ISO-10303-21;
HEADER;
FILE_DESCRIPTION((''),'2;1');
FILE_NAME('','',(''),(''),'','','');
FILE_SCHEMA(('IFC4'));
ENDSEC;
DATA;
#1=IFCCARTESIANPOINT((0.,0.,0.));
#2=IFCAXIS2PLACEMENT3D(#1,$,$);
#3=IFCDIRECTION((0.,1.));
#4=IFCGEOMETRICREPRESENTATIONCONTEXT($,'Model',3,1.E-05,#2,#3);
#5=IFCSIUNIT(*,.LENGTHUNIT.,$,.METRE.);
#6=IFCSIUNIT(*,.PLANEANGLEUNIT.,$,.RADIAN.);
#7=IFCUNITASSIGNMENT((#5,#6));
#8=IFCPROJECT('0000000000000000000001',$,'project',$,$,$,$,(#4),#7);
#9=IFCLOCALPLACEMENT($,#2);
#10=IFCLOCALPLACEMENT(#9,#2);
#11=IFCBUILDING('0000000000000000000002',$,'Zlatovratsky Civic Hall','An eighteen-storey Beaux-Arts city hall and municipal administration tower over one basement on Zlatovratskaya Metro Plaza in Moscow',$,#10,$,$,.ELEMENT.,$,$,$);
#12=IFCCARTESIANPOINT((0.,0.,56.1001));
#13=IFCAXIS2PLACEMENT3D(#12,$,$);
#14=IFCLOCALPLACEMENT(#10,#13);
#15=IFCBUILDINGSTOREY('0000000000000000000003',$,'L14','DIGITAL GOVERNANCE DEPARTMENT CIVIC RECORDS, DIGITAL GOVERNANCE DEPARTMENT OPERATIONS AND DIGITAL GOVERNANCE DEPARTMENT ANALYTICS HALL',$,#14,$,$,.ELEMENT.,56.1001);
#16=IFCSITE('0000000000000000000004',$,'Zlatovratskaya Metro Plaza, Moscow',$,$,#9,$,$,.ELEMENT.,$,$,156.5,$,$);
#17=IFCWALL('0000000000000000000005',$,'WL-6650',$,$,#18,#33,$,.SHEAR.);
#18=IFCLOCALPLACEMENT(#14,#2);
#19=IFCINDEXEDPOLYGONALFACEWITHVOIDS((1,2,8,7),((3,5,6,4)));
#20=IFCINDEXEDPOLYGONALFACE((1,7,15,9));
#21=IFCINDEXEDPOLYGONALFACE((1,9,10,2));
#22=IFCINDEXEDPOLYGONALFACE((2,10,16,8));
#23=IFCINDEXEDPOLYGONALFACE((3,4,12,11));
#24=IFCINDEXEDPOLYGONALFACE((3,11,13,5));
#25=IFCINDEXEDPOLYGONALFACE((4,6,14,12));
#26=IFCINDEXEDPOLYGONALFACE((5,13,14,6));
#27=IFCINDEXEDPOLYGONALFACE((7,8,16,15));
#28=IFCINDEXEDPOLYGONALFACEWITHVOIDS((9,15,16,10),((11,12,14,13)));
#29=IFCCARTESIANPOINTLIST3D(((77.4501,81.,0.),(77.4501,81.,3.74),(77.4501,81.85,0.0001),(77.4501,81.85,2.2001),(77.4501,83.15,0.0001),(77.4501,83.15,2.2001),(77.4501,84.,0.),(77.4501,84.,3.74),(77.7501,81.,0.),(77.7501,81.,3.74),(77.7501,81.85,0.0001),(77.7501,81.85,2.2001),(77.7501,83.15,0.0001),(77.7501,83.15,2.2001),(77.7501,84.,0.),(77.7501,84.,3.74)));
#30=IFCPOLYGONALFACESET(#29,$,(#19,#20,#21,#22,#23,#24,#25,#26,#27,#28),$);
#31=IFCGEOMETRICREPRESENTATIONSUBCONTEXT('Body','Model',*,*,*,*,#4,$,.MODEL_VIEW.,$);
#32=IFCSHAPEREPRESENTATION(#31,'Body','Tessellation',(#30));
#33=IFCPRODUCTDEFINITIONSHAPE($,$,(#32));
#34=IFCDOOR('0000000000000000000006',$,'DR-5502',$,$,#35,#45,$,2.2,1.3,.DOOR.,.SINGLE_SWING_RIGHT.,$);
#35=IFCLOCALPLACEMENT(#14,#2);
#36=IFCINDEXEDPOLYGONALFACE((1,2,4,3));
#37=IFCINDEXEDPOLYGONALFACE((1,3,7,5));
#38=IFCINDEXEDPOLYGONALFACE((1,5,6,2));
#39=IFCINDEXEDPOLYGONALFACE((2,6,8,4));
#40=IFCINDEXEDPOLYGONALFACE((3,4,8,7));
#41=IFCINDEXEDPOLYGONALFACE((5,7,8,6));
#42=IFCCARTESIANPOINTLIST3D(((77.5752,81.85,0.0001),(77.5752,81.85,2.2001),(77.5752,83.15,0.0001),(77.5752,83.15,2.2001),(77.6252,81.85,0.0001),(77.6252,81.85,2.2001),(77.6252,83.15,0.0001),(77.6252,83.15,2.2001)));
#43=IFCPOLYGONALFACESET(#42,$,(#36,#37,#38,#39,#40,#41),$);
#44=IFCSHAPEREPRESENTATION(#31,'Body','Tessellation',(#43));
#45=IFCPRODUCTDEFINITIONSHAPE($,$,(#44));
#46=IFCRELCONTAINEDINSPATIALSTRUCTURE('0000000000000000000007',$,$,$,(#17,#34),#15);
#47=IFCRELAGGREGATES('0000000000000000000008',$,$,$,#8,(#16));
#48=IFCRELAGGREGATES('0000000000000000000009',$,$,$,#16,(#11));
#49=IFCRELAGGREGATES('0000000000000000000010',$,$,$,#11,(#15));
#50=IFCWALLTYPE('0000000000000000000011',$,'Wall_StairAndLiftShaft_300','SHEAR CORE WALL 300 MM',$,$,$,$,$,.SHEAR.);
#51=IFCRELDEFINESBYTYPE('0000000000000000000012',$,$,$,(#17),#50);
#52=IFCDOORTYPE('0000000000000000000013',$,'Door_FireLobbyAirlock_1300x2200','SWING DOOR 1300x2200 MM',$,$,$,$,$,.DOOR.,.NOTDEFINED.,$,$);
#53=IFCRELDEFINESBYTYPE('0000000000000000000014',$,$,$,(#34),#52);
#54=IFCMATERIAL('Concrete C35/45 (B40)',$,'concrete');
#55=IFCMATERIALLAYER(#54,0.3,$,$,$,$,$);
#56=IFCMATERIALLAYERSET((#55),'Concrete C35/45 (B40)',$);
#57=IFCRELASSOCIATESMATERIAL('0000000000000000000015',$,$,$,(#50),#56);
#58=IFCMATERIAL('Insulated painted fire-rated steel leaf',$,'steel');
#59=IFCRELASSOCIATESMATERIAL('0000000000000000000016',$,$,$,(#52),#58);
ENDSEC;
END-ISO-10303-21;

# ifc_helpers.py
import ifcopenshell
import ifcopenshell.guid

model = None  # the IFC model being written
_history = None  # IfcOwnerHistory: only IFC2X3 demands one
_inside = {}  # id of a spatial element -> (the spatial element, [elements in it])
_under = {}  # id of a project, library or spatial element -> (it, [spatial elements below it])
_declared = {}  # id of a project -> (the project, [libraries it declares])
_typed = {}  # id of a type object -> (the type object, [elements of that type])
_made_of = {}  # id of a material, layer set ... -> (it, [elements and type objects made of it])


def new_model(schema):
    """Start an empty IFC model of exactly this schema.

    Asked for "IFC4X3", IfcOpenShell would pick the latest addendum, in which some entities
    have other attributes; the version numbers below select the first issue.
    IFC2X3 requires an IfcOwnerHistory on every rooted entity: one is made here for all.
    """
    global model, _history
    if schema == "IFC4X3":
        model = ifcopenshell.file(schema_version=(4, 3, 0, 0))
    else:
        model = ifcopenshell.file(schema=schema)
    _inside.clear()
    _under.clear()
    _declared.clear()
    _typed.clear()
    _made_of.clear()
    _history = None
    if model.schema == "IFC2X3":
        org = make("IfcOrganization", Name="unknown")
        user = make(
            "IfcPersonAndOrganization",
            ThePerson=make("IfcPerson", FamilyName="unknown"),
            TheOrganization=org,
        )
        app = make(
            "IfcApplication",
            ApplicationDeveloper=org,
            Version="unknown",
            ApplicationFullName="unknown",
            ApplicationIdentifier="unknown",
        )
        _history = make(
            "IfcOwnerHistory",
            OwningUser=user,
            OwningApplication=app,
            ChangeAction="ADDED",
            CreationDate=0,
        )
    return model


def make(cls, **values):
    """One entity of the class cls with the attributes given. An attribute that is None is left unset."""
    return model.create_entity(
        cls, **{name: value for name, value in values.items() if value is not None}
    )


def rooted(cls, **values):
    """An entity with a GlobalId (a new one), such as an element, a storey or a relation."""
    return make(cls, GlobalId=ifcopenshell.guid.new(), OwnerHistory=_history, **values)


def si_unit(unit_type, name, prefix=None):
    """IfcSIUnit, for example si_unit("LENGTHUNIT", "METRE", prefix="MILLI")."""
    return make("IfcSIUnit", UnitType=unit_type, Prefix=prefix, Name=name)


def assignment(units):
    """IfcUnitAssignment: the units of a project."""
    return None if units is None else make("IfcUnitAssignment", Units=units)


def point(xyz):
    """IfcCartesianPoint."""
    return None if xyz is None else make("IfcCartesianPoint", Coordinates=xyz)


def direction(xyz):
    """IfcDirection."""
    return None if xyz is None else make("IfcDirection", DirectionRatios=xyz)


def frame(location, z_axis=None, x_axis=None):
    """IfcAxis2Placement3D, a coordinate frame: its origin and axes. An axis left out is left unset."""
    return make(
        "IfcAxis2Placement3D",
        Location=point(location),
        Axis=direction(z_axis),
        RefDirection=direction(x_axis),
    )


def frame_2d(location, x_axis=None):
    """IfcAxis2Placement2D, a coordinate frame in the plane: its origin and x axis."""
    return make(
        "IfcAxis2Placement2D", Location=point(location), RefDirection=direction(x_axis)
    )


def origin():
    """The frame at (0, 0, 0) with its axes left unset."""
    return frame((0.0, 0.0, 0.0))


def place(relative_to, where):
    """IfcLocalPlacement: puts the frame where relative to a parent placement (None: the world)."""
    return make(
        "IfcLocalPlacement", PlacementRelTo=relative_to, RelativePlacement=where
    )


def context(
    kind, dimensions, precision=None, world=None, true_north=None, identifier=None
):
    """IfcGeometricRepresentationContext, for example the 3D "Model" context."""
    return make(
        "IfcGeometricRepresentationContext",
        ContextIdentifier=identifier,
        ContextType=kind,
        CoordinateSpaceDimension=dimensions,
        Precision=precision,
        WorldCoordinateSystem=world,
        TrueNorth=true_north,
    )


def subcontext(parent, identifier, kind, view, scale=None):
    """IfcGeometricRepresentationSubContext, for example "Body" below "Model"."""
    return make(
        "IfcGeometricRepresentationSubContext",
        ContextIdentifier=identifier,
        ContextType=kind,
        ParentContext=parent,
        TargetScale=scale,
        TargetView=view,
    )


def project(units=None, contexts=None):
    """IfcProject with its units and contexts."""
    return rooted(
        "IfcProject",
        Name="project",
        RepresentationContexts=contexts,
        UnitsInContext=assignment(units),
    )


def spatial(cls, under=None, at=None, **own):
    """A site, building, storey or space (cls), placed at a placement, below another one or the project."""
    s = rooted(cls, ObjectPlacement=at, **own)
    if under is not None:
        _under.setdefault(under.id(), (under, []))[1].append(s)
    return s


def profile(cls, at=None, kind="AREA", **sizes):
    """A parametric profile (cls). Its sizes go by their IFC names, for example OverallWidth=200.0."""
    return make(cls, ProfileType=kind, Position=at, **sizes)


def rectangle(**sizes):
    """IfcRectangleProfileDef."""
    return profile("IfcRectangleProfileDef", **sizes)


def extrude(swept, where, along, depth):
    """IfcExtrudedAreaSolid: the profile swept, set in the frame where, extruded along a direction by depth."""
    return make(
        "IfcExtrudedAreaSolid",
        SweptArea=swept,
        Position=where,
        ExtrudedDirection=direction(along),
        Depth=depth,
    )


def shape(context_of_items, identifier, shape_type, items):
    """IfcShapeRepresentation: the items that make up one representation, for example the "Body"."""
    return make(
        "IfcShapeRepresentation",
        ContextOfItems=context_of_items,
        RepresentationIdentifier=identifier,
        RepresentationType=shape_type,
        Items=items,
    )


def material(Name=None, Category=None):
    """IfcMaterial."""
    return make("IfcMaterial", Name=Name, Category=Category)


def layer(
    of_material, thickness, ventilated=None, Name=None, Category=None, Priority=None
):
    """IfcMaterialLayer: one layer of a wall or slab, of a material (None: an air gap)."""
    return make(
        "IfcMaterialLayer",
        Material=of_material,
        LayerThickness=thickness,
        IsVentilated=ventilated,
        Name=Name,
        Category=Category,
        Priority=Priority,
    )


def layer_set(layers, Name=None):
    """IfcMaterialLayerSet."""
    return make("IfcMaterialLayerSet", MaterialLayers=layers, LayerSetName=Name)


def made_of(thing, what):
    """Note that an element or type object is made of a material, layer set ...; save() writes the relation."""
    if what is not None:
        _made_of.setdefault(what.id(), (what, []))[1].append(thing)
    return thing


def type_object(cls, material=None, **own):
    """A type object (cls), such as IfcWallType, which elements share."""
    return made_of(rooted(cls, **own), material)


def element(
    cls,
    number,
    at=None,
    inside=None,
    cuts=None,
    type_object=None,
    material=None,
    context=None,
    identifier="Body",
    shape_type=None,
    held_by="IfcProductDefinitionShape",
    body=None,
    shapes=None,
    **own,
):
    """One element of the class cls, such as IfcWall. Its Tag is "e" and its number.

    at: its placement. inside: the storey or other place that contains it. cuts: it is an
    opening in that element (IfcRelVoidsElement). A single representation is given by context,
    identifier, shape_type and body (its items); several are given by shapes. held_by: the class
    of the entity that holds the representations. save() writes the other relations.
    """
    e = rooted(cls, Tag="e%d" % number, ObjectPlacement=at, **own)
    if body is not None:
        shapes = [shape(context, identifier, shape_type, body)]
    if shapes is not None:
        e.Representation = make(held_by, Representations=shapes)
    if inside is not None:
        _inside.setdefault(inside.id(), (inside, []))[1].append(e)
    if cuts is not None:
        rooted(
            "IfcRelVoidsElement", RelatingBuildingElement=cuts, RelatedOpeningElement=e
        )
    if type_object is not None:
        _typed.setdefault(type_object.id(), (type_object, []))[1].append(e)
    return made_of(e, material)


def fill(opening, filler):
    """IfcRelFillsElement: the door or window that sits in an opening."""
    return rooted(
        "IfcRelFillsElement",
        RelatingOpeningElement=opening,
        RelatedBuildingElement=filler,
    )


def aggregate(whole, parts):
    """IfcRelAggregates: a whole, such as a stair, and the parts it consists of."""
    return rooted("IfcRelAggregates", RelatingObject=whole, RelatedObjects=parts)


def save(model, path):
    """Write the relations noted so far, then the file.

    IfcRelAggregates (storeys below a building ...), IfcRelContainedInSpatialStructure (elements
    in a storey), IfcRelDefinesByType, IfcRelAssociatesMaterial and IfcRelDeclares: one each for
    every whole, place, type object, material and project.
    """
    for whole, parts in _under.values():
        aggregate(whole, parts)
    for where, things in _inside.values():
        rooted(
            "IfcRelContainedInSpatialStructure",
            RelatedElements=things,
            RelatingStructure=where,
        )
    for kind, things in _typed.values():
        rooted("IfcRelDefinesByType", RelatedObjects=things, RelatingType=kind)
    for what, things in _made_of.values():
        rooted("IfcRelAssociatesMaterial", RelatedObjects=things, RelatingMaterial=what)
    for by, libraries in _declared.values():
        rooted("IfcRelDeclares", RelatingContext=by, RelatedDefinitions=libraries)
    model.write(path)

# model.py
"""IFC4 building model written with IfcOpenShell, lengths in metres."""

from ifc_helpers import new_model, si_unit, direction, frame, frame_2d, origin, place, context, subcontext, project, spatial, rectangle, extrude, material, layer, layer_set, type_object, element, fill, save


model = new_model("IFC4")

# Units and contexts
model_context = context("Model", 3, precision=1e-05, world=origin(), true_north=direction((0.0, 1.0)))
body_context = subcontext(model_context, "Body", "Model", "MODEL_VIEW")
ifc_project = project(units=[si_unit("LENGTHUNIT", "METRE"), si_unit("PLANEANGLEUNIT", "RADIAN")], contexts=[model_context])

# Site, building, storey
site_placement = place(None, origin())
site = spatial("IfcSite", under=ifc_project, at=site_placement, Name="Zlatovratskaya Metro Plaza, Moscow", CompositionType="ELEMENT", RefElevation=156.5)
building_placement = place(site_placement, origin())
building = spatial("IfcBuilding", under=site, at=building_placement, Name="Zlatovratsky Civic Hall", Description="An eighteen-storey Beaux-Arts city hall and municipal administration tower over one basement on Zlatovratskaya Metro Plaza in Moscow", CompositionType="ELEMENT")
storey_placement = place(building_placement, frame((0.0, 0.0, 56.1001)))
storey = spatial("IfcBuildingStorey", under=building, at=storey_placement, Name="L14", Description="DIGITAL GOVERNANCE DEPARTMENT CIVIC RECORDS, DIGITAL GOVERNANCE DEPARTMENT OPERATIONS AND DIGITAL GOVERNANCE DEPARTMENT ANALYTICS HALL", CompositionType="ELEMENT", Elevation=56.1001)

# Shared definitions
ifc_material_1 = material(Name="Concrete C35/45 (B40)", Category="concrete")

# Shared definitions
ifc_layer_1 = layer(ifc_material_1, 0.3)
ifc_layer_set_1 = layer_set([ifc_layer_1], Name="Concrete C35/45 (B40)")
wall_type_1 = type_object("IfcWallType", Name="Wall_StairAndLiftShaft_300", Description="SHEAR CORE WALL 300 MM", PredefinedType="SHEAR", material=ifc_layer_set_1)

# Wall, opening, door
ifc_material_2 = material(Name="Insulated painted fire-rated steel leaf", Category="steel")
door_type_1 = type_object("IfcDoorType", Name="Door_FireLobbyAirlock_1300x2200", Description="SWING DOOR 1300x2200 MM", OperationType="NOTDEFINED", PredefinedType="DOOR", material=ifc_material_2)
wall_1_placement = place(storey_placement, frame((77.6001, 81.0, 0.0), z_axis=(0.0, 0.0, 1.0), x_axis=(0.0, 1.0, 0.0)))
wall_1 = element("IfcWall", 1, at=wall_1_placement, inside=storey, type_object=wall_type_1, Name="WL-6650", PredefinedType="SHEAR", context=body_context, shape_type="SweptSolid", body=[
    extrude(rectangle(XDim=3.0, YDim=0.3, at=frame_2d((1.5, 0.0))), origin(), (0.0, 0.0, 1.0), 3.74),
])
opening_1_placement = place(wall_1_placement, frame((0.8501, 0.0, 0.0)))
opening_1 = element("IfcOpeningElement", 2, at=opening_1_placement, cuts=wall_1, PredefinedType="OPENING", context=body_context, shape_type="SweptSolid", body=[
    extrude(rectangle(XDim=1.3, YDim=2.2, at=frame_2d((0.6499, 1.1001))), frame((0.0, 0.165, 0.0), z_axis=(0.0, -1.0, 0.0), x_axis=(1.0, 0.0, 0.0)), (0.0, 0.0, 1.0), 0.3298),
])
door_1_placement = place(opening_1_placement, origin())
door_1 = element("IfcDoor", 3, at=door_1_placement, inside=storey, type_object=door_type_1, Name="DR-5502", OperationType="SINGLE_SWING_RIGHT", OverallHeight=2.2, OverallWidth=1.3, PredefinedType="DOOR", context=body_context, shape_type="SweptSolid", body=[
    extrude(rectangle(XDim=1.3, YDim=2.2, at=frame_2d((0.6499, 1.1001))), frame((0.0, 0.0249, 0.0), z_axis=(0.0, -1.0, 0.0), x_axis=(1.0, 0.0, 0.0)), (0.0, 0.0, 1.0), 0.05),
])
fill(opening_1, door_1)

save(model, "model.ifc")
